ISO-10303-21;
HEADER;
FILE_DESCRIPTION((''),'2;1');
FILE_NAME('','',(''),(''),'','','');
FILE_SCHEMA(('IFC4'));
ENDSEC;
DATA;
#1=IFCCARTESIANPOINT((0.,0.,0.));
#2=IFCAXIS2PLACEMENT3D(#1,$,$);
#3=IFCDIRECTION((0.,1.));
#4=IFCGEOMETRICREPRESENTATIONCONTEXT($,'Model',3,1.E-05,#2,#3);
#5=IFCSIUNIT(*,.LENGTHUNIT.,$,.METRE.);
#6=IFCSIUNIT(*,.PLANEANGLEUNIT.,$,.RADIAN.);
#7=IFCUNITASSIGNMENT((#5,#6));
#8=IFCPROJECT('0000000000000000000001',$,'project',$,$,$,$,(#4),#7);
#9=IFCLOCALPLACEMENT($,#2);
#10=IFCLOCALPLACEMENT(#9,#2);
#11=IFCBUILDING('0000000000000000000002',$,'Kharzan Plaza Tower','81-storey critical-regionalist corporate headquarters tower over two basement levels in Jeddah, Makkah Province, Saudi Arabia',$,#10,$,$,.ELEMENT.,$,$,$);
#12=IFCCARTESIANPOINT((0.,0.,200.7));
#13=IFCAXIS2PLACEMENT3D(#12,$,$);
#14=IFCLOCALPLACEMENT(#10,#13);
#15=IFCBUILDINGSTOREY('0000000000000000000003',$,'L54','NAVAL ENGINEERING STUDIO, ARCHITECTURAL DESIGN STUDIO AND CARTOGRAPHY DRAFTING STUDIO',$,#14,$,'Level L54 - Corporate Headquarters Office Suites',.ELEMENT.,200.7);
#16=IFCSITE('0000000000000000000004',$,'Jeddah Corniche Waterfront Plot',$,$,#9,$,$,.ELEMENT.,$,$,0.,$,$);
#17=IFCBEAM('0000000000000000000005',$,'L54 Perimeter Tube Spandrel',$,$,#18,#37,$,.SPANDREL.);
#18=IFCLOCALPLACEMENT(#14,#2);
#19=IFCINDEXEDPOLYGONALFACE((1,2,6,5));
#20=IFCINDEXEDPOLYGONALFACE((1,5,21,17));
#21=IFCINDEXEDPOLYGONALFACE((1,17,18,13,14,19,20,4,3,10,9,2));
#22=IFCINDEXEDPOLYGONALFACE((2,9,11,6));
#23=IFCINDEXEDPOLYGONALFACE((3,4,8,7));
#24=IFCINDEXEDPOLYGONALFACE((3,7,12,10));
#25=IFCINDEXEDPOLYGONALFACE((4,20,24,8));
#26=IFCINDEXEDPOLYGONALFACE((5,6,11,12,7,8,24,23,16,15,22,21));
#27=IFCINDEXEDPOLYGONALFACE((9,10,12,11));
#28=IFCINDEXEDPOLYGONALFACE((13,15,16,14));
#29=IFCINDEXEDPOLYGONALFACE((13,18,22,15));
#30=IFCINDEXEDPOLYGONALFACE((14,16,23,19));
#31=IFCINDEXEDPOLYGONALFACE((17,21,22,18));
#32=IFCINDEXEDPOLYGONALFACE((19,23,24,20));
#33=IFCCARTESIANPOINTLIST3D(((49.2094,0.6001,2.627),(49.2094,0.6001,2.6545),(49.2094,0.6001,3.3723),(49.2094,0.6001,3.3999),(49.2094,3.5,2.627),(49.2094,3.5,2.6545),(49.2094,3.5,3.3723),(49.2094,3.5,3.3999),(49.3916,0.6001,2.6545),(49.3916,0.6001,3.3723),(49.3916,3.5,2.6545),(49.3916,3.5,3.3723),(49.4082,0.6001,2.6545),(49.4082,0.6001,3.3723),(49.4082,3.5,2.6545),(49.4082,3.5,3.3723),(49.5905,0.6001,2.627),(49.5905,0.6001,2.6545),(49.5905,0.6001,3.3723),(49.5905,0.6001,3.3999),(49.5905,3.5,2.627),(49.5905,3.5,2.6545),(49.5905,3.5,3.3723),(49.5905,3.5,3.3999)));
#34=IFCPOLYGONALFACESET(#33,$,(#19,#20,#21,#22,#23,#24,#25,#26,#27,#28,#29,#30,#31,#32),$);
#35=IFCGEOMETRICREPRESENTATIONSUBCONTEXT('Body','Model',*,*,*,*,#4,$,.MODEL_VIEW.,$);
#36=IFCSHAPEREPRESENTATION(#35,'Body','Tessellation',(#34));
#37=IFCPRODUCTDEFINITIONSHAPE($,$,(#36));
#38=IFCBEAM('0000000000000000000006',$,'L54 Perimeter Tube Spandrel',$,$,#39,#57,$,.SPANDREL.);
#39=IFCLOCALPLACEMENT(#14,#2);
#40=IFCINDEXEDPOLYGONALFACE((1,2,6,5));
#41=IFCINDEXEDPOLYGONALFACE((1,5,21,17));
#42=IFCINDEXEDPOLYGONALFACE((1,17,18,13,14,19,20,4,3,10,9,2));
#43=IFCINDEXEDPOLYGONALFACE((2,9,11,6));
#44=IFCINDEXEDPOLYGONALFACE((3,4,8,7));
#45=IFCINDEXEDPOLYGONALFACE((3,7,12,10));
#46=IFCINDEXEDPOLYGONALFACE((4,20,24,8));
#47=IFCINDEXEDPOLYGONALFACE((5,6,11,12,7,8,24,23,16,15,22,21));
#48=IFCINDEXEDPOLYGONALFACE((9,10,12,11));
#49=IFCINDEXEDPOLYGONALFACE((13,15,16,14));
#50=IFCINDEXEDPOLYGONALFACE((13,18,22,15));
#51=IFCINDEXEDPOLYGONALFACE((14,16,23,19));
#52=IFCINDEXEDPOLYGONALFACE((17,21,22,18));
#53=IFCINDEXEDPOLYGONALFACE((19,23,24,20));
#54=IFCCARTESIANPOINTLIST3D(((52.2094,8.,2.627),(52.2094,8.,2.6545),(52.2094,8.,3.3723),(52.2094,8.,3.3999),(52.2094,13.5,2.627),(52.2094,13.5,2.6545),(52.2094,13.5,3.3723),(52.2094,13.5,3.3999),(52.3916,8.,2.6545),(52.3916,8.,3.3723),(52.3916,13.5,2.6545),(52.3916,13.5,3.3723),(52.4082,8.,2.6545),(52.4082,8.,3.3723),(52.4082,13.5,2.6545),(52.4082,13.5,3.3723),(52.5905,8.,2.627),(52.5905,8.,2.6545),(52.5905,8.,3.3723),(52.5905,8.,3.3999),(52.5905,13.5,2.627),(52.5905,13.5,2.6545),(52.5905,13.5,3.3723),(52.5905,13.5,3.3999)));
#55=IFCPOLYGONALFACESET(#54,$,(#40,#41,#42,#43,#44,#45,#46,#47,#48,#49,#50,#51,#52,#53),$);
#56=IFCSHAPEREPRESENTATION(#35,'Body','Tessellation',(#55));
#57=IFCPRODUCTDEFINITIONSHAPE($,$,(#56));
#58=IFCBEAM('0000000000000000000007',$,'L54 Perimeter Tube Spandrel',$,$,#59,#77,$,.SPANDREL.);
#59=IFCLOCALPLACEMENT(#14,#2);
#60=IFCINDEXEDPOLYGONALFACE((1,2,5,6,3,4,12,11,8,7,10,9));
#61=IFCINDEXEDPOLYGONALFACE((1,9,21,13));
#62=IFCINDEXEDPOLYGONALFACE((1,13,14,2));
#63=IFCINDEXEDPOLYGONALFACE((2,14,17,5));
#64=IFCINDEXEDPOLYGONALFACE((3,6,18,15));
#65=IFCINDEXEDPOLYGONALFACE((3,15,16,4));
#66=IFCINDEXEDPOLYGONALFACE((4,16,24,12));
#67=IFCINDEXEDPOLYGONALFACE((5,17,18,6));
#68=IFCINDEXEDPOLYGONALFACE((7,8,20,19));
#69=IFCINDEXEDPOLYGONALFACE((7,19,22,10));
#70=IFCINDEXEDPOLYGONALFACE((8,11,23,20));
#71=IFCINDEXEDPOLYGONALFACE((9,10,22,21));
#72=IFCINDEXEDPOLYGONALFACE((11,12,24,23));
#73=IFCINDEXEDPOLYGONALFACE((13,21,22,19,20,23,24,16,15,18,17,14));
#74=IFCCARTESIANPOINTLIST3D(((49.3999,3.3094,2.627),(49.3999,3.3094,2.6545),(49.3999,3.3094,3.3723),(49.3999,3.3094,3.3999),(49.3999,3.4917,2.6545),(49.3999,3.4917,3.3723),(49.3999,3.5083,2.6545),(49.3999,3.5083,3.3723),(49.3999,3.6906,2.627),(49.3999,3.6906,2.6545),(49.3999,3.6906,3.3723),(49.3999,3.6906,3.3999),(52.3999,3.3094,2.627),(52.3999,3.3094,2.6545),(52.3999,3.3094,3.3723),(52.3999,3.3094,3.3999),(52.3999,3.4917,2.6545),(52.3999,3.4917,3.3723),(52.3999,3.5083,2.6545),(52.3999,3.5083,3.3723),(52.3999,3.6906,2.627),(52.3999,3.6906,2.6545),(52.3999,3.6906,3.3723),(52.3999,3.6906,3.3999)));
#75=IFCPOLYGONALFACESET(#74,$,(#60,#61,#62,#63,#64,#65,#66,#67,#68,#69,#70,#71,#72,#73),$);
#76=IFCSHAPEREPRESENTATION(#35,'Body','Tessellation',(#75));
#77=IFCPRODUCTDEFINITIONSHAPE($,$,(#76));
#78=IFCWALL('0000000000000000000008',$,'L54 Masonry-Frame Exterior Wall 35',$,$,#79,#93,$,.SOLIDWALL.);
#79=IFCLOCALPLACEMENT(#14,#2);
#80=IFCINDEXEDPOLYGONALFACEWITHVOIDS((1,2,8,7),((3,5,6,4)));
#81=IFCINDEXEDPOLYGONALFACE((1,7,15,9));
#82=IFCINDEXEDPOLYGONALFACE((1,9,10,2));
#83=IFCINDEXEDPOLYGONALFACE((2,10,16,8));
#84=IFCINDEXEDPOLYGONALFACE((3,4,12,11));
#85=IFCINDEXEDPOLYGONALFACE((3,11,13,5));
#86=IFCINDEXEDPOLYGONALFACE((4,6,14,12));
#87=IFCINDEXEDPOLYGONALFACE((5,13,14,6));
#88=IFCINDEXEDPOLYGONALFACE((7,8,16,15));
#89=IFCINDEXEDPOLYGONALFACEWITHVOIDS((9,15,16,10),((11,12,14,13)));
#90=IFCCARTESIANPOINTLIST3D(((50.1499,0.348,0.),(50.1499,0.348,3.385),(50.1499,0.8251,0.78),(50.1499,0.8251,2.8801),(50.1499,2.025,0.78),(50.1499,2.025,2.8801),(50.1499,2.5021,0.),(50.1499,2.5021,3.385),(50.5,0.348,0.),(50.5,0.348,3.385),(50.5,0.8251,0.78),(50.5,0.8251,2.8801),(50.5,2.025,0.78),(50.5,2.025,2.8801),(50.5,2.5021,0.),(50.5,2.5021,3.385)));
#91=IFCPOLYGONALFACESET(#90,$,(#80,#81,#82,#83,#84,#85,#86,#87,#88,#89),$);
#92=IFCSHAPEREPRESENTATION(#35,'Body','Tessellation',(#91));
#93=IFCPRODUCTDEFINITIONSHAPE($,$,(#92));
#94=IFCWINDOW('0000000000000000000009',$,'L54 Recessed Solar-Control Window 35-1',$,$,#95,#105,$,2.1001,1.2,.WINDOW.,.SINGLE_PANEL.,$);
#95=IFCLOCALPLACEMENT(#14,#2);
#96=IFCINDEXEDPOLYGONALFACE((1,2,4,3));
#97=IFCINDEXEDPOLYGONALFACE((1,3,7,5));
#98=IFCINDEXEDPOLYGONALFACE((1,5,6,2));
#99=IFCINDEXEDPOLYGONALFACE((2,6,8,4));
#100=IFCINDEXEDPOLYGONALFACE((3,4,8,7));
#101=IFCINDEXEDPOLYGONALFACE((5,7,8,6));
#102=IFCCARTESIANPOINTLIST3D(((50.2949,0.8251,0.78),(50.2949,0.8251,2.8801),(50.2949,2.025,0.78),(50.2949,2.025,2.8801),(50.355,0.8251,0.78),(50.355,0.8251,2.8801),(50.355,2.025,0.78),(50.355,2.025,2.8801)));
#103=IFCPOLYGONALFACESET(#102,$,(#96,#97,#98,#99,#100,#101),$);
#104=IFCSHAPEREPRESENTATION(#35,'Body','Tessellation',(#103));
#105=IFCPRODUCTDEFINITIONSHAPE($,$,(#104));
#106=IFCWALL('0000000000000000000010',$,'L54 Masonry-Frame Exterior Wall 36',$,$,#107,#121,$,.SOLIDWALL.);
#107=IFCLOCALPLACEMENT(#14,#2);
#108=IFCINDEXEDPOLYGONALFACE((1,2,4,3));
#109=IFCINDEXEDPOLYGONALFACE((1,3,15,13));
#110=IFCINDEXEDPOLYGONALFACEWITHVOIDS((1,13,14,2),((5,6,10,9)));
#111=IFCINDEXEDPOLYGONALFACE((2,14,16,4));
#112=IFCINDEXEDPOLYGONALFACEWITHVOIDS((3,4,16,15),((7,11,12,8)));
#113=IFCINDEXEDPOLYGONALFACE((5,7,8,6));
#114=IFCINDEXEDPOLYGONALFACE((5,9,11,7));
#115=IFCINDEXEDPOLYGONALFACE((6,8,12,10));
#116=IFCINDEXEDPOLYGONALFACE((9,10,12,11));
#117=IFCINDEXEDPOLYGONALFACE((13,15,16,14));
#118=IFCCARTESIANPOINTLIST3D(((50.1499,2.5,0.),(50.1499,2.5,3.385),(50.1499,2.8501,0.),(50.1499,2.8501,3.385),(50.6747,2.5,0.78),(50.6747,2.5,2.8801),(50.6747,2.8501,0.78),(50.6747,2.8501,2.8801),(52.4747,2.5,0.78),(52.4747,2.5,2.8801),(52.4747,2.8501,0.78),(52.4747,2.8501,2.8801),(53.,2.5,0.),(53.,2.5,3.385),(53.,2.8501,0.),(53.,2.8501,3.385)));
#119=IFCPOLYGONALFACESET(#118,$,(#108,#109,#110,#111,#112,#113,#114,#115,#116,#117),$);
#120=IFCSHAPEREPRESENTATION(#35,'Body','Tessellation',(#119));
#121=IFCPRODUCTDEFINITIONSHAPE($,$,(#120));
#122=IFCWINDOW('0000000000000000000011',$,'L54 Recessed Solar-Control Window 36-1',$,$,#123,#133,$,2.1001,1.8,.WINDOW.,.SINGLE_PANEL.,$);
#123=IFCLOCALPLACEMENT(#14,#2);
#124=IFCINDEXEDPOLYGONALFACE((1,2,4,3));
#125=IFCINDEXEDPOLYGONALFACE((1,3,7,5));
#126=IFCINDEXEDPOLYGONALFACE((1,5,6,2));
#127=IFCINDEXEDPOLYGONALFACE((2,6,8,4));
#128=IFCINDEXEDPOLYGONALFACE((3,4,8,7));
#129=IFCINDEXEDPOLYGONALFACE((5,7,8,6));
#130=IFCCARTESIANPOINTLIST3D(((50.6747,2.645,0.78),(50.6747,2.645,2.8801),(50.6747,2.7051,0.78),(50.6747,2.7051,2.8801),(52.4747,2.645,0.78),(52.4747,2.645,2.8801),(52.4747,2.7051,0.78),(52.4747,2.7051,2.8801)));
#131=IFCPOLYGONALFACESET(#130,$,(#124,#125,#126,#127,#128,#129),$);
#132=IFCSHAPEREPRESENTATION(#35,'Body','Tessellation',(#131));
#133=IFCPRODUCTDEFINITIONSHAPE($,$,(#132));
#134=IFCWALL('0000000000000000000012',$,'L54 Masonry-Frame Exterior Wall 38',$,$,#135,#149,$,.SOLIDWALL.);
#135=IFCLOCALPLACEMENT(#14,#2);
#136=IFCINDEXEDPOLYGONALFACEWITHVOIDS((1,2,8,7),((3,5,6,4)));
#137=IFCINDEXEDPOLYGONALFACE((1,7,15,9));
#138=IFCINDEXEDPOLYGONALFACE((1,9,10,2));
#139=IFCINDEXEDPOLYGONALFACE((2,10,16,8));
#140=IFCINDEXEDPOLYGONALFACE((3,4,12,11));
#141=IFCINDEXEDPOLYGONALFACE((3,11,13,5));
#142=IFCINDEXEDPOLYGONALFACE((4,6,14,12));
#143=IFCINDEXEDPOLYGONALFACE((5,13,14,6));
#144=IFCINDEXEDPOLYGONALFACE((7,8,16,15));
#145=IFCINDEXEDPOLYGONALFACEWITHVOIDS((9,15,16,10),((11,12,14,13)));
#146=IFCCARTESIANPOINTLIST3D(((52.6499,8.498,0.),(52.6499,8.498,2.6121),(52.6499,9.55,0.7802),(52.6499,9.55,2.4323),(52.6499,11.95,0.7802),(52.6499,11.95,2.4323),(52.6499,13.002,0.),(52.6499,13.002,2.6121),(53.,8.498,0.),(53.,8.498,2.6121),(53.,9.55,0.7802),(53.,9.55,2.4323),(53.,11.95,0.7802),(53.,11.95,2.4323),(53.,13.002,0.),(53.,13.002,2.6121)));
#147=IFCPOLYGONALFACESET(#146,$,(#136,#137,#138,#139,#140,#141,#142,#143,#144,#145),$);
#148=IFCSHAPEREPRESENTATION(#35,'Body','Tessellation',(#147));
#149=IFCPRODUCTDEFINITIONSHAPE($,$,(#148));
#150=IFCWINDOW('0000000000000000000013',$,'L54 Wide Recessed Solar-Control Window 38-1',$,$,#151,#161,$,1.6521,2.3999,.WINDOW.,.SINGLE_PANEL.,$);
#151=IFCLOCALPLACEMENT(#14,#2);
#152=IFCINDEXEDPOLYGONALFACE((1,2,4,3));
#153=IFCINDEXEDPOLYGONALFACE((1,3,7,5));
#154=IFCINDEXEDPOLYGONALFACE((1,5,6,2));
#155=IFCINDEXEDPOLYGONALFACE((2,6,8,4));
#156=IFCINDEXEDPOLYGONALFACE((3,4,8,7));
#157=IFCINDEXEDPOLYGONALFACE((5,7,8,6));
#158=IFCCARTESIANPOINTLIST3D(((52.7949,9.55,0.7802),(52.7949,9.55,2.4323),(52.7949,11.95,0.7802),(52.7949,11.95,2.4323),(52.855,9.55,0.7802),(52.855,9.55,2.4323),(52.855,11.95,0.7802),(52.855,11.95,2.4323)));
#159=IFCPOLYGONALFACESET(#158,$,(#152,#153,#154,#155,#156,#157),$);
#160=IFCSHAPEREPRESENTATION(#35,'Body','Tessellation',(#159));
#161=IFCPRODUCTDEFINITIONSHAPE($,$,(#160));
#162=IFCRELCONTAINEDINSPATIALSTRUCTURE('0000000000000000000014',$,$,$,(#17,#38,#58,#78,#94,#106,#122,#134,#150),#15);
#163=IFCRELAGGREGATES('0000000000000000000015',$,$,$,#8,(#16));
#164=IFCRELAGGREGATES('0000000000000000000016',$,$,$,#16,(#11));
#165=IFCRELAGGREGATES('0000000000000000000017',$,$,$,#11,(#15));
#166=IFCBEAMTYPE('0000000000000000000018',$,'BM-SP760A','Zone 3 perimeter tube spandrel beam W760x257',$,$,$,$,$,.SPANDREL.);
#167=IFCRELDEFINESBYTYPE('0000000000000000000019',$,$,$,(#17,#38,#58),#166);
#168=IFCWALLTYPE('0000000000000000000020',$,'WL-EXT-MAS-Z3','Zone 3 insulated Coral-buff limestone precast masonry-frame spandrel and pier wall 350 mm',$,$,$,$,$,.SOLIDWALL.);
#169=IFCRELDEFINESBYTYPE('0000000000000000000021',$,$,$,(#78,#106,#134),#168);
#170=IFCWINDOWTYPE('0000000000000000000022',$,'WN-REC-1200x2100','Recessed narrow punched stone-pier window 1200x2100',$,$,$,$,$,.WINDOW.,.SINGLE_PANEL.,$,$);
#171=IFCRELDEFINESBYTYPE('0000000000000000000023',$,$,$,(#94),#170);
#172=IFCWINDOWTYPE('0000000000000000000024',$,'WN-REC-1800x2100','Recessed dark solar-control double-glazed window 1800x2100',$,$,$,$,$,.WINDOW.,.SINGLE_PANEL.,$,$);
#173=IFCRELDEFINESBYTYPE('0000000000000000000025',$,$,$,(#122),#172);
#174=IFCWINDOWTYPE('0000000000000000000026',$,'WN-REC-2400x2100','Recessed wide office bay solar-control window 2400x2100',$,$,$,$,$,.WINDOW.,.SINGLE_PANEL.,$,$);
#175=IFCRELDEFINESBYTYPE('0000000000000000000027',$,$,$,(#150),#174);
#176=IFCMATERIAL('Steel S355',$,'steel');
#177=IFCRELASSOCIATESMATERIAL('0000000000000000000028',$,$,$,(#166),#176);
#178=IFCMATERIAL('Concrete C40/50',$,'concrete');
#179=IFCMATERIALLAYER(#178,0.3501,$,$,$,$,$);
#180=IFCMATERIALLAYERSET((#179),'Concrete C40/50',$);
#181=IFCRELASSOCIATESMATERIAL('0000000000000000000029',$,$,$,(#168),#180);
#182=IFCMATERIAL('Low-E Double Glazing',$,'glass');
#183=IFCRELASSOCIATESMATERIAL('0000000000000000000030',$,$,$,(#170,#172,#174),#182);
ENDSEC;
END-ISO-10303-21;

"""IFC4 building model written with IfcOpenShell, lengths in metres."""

from ifc_helpers import new_model, si_unit, direction, frame, frame_2d, origin, origin_2d, place, context, subcontext, project, spatial, rectangle, i_section, extrude, source, transform, mapped, material, layer, layer_set, material_profile, profile_set, type_object, element, fill, save


model = new_model("IFC4")

# Units and contexts
model_context = context("Model", 3, precision=1e-05, world=origin(), true_north=direction((0.0, 1.0)))
body_context = subcontext(model_context, "Body", "Model", "MODEL_VIEW")
ifc_project = project(units=[si_unit("LENGTHUNIT", "METRE"), si_unit("PLANEANGLEUNIT", "RADIAN")], contexts=[model_context])

# Site, building, storey
site_placement = place(None, origin())
site = spatial("IfcSite", under=ifc_project, at=site_placement, Name="Jeddah Corniche Waterfront Plot", CompositionType="ELEMENT", RefElevation=0.0)
building_placement = place(site_placement, origin())
building = spatial("IfcBuilding", under=site, at=building_placement, Name="Kharzan Plaza Tower", Description="81-storey critical-regionalist corporate headquarters tower over two basement levels in Jeddah, Makkah Province, Saudi Arabia", CompositionType="ELEMENT")
storey_placement = place(building_placement, frame((0.0, 0.0, 200.7)))
storey = spatial("IfcBuildingStorey", under=building, at=storey_placement, Name="L54", Description="NAVAL ENGINEERING STUDIO, ARCHITECTURAL DESIGN STUDIO AND CARTOGRAPHY DRAFTING STUDIO", LongName="Level L54 - Corporate Headquarters Office Suites", CompositionType="ELEMENT", Elevation=200.7)

# Beams
ifc_material_1 = material(Name="Steel S355", Category="steel")
ifc_material_profile_1 = material_profile(ifc_material_1, i_section(OverallWidth=0.3811, OverallDepth=0.7729, WebThickness=0.0166, FlangeThickness=0.0276, at=origin_2d()), Name="W760x257")
ifc_profile_set_1 = profile_set([ifc_material_profile_1], Name="Steel S355")
beam_type_1 = type_object("IfcBeamType", Name="BM-SP760A", Description="Zone 3 perimeter tube spandrel beam W760x257", PredefinedType="SPANDREL", material=ifc_profile_set_1)
shared_shape_1 = source(origin(), body_context, "Body", "SweptSolid", [
    extrude(i_section(OverallWidth=0.3811, OverallDepth=0.7729, WebThickness=0.0166, FlangeThickness=0.0276, at=origin_2d()), origin(), (0.0, 0.0, 1.0), 2.8999),
])
beam_1_placement = place(storey_placement, frame((49.3999, 0.6001, 3.0134), z_axis=(0.0, 1.0, 0.0), x_axis=(-1.0, 0.0, 0.0)))
element("IfcBeam", 1, at=beam_1_placement, inside=storey, type_object=beam_type_1, Name="L54 Perimeter Tube Spandrel", PredefinedType="SPANDREL", context=body_context, shape_type="MappedRepresentation", body=[
    mapped(shared_shape_1, transform((0.0, 0.0, 0.0), x_axis=(1.0, 0.0, 0.0), y_axis=(0.0, 1.0, 0.0), z_axis=(0.0, 0.0, 1.0))),
])
shared_shape_2 = source(origin(), body_context, "Body", "SweptSolid", [
    extrude(i_section(OverallWidth=0.3811, OverallDepth=0.7729, WebThickness=0.0166, FlangeThickness=0.0276, at=origin_2d()), origin(), (0.0, 0.0, 1.0), 5.5),
])
beam_2_placement = place(storey_placement, frame((52.3999, 8.0, 3.0134), z_axis=(0.0, 1.0, 0.0), x_axis=(-1.0, 0.0, 0.0)))
element("IfcBeam", 2, at=beam_2_placement, inside=storey, type_object=beam_type_1, Name="L54 Perimeter Tube Spandrel", PredefinedType="SPANDREL", context=body_context, shape_type="MappedRepresentation", body=[
    mapped(shared_shape_2, transform((0.0, 0.0, 0.0), x_axis=(1.0, 0.0, 0.0), y_axis=(0.0, 1.0, 0.0), z_axis=(0.0, 0.0, 1.0))),
])
shared_shape_3 = source(origin(), body_context, "Body", "SweptSolid", [
    extrude(i_section(OverallWidth=0.3811, OverallDepth=0.7729, WebThickness=0.0166, FlangeThickness=0.0276, at=origin_2d()), origin(), (0.0, 0.0, 1.0), 3.0),
])
beam_3_placement = place(storey_placement, frame((49.3999, 3.5, 3.0134), z_axis=(1.0, 0.0, 0.0), x_axis=(0.0, 1.0, 0.0)))
element("IfcBeam", 3, at=beam_3_placement, inside=storey, type_object=beam_type_1, Name="L54 Perimeter Tube Spandrel", PredefinedType="SPANDREL", context=body_context, shape_type="MappedRepresentation", body=[
    mapped(shared_shape_3, transform((0.0, 0.0, 0.0), x_axis=(1.0, 0.0, 0.0), y_axis=(0.0, 1.0, 0.0), z_axis=(0.0, 0.0, 1.0))),
])

# Walls, openings, windows
ifc_material_2 = material(Name="Concrete C40/50", Category="concrete")
ifc_layer_1 = layer(ifc_material_2, 0.3501)
ifc_layer_set_1 = layer_set([ifc_layer_1], Name="Concrete C40/50")
wall_type_1 = type_object("IfcWallType", Name="WL-EXT-MAS-Z3", Description="Zone 3 insulated Coral-buff limestone precast masonry-frame spandrel and pier wall 350 mm", PredefinedType="SOLIDWALL", material=ifc_layer_set_1)
wall_1_placement = place(storey_placement, frame((50.325, 0.3479, 0.0), z_axis=(0.0, 0.0, 1.0), x_axis=(0.0, 1.0, 0.0)))
wall_1 = element("IfcWall", 4, at=wall_1_placement, inside=storey, type_object=wall_type_1, Name="L54 Masonry-Frame Exterior Wall 35", PredefinedType="SOLIDWALL", context=body_context, shape_type="SweptSolid", body=[
    extrude(rectangle(XDim=2.1541, YDim=0.3501, at=frame_2d((1.0771, 0.0))), origin(), (0.0, 0.0, 1.0), 3.385),
])
opening_1_placement = place(wall_1_placement, frame((0.4771, 0.0, 0.78)))
opening_1 = element("IfcOpeningElement", 5, at=opening_1_placement, cuts=wall_1, PredefinedType="OPENING", context=body_context, shape_type="SweptSolid", body=[
    extrude(rectangle(XDim=1.2, YDim=2.1001, at=frame_2d((0.6001, 1.05))), frame((0.0, 0.1851, 0.0), z_axis=(0.0, -1.0, 0.0), x_axis=(1.0, 0.0, 0.0)), (0.0, 0.0, 1.0), 0.3701),
])
ifc_material_3 = material(Name="Low-E Double Glazing", Category="glass")
window_type_1 = type_object("IfcWindowType", Name="WN-REC-1200x2100", Description="Recessed narrow punched stone-pier window 1200x2100", PartitioningType="SINGLE_PANEL", PredefinedType="WINDOW", material=ifc_material_3)
shared_shape_4 = source(origin(), body_context, "Body", "SweptSolid", [
    extrude(rectangle(XDim=1.2, YDim=2.1001, at=frame_2d((0.6001, 1.05))), frame((0.0, 0.03, 0.0), z_axis=(0.0, -1.0, 0.0), x_axis=(1.0, 0.0, 0.0)), (0.0, 0.0, 1.0), 0.0601),
])
window_1_placement = place(opening_1_placement, origin())
window_1 = element("IfcWindow", 6, at=window_1_placement, inside=storey, type_object=window_type_1, Name="L54 Recessed Solar-Control Window 35-1", OverallHeight=2.1001, OverallWidth=1.2, PartitioningType="SINGLE_PANEL", PredefinedType="WINDOW", context=body_context, shape_type="MappedRepresentation", body=[
    mapped(shared_shape_4, transform((0.0, 0.0, 0.0), x_axis=(1.0, 0.0, 0.0), y_axis=(0.0, 1.0, 0.0), z_axis=(0.0, 0.0, 1.0))),
])
fill(opening_1, window_1)
wall_2_placement = place(storey_placement, frame((50.1499, 2.675, 0.0), z_axis=(0.0, 0.0, 1.0), x_axis=(1.0, 0.0, 0.0)))
wall_2 = element("IfcWall", 7, at=wall_2_placement, inside=storey, type_object=wall_type_1, Name="L54 Masonry-Frame Exterior Wall 36", PredefinedType="SOLIDWALL", context=body_context, shape_type="SweptSolid", body=[
    extrude(rectangle(XDim=2.8501, YDim=0.3501, at=frame_2d((1.425, 0.0))), origin(), (0.0, 0.0, 1.0), 3.385),
])
opening_2_placement = place(wall_2_placement, frame((0.5249, 0.0, 0.78)))
opening_2 = element("IfcOpeningElement", 8, at=opening_2_placement, cuts=wall_2, PredefinedType="OPENING", context=body_context, shape_type="SweptSolid", body=[
    extrude(rectangle(XDim=1.8, YDim=2.1001, at=frame_2d((0.8999, 1.05))), frame((0.0, 0.1851, 0.0), z_axis=(0.0, -1.0, 0.0), x_axis=(1.0, 0.0, 0.0)), (0.0, 0.0, 1.0), 0.3701),
])
window_type_2 = type_object("IfcWindowType", Name="WN-REC-1800x2100", Description="Recessed dark solar-control double-glazed window 1800x2100", PartitioningType="SINGLE_PANEL", PredefinedType="WINDOW", material=ifc_material_3)
shared_shape_5 = source(origin(), body_context, "Body", "SweptSolid", [
    extrude(rectangle(XDim=1.8, YDim=2.1001, at=frame_2d((0.8999, 1.05))), frame((0.0, 0.03, 0.0), z_axis=(0.0, -1.0, 0.0), x_axis=(1.0, 0.0, 0.0)), (0.0, 0.0, 1.0), 0.0601),
])
window_2_placement = place(opening_2_placement, origin())
window_2 = element("IfcWindow", 9, at=window_2_placement, inside=storey, type_object=window_type_2, Name="L54 Recessed Solar-Control Window 36-1", OverallHeight=2.1001, OverallWidth=1.8, PartitioningType="SINGLE_PANEL", PredefinedType="WINDOW", context=body_context, shape_type="MappedRepresentation", body=[
    mapped(shared_shape_5, transform((0.0, 0.0, 0.0), x_axis=(1.0, 0.0, 0.0), y_axis=(0.0, 1.0, 0.0), z_axis=(0.0, 0.0, 1.0))),
])
fill(opening_2, window_2)
wall_3_placement = place(storey_placement, frame((52.825, 8.498, 0.0), z_axis=(0.0, 0.0, 1.0), x_axis=(0.0, 1.0, 0.0)))
wall_3 = element("IfcWall", 10, at=wall_3_placement, inside=storey, type_object=wall_type_1, Name="L54 Masonry-Frame Exterior Wall 38", PredefinedType="SOLIDWALL", context=body_context, shape_type="SweptSolid", body=[
    extrude(rectangle(XDim=4.5039, YDim=0.3501, at=frame_2d((2.252, 0.0))), origin(), (0.0, 0.0, 1.0), 2.6121),
])
opening_3_placement = place(wall_3_placement, frame((1.052, 0.0, 0.78)))
opening_3 = element("IfcOpeningElement", 11, at=opening_3_placement, cuts=wall_3, PredefinedType="OPENING", context=body_context, shape_type="SweptSolid", body=[
    extrude(rectangle(XDim=2.3999, YDim=1.6521, at=frame_2d((1.2, 0.8262))), frame((0.0, 0.1851, 0.0), z_axis=(0.0, -1.0, 0.0), x_axis=(1.0, 0.0, 0.0)), (0.0, 0.0, 1.0), 0.3701),
])
window_type_3 = type_object("IfcWindowType", Name="WN-REC-2400x2100", Description="Recessed wide office bay solar-control window 2400x2100", PartitioningType="SINGLE_PANEL", PredefinedType="WINDOW", material=ifc_material_3)
shared_shape_6 = source(origin(), body_context, "Body", "SweptSolid", [
    extrude(rectangle(XDim=2.3999, YDim=1.6521, at=frame_2d((1.2, 0.8262))), frame((0.0, 0.03, 0.0), z_axis=(0.0, -1.0, 0.0), x_axis=(1.0, 0.0, 0.0)), (0.0, 0.0, 1.0), 0.0601),
])
window_3_placement = place(opening_3_placement, origin())
window_3 = element("IfcWindow", 12, at=window_3_placement, inside=storey, type_object=window_type_3, Name="L54 Wide Recessed Solar-Control Window 38-1", OverallHeight=1.6521, OverallWidth=2.3999, PartitioningType="SINGLE_PANEL", PredefinedType="WINDOW", context=body_context, shape_type="MappedRepresentation", body=[
    mapped(shared_shape_6, transform((0.0, 0.0, 0.0), x_axis=(1.0, 0.0, 0.0), y_axis=(0.0, 1.0, 0.0), z_axis=(0.0, 0.0, 1.0))),
])
fill(opening_3, window_3)

save(model, "model.ifc")
